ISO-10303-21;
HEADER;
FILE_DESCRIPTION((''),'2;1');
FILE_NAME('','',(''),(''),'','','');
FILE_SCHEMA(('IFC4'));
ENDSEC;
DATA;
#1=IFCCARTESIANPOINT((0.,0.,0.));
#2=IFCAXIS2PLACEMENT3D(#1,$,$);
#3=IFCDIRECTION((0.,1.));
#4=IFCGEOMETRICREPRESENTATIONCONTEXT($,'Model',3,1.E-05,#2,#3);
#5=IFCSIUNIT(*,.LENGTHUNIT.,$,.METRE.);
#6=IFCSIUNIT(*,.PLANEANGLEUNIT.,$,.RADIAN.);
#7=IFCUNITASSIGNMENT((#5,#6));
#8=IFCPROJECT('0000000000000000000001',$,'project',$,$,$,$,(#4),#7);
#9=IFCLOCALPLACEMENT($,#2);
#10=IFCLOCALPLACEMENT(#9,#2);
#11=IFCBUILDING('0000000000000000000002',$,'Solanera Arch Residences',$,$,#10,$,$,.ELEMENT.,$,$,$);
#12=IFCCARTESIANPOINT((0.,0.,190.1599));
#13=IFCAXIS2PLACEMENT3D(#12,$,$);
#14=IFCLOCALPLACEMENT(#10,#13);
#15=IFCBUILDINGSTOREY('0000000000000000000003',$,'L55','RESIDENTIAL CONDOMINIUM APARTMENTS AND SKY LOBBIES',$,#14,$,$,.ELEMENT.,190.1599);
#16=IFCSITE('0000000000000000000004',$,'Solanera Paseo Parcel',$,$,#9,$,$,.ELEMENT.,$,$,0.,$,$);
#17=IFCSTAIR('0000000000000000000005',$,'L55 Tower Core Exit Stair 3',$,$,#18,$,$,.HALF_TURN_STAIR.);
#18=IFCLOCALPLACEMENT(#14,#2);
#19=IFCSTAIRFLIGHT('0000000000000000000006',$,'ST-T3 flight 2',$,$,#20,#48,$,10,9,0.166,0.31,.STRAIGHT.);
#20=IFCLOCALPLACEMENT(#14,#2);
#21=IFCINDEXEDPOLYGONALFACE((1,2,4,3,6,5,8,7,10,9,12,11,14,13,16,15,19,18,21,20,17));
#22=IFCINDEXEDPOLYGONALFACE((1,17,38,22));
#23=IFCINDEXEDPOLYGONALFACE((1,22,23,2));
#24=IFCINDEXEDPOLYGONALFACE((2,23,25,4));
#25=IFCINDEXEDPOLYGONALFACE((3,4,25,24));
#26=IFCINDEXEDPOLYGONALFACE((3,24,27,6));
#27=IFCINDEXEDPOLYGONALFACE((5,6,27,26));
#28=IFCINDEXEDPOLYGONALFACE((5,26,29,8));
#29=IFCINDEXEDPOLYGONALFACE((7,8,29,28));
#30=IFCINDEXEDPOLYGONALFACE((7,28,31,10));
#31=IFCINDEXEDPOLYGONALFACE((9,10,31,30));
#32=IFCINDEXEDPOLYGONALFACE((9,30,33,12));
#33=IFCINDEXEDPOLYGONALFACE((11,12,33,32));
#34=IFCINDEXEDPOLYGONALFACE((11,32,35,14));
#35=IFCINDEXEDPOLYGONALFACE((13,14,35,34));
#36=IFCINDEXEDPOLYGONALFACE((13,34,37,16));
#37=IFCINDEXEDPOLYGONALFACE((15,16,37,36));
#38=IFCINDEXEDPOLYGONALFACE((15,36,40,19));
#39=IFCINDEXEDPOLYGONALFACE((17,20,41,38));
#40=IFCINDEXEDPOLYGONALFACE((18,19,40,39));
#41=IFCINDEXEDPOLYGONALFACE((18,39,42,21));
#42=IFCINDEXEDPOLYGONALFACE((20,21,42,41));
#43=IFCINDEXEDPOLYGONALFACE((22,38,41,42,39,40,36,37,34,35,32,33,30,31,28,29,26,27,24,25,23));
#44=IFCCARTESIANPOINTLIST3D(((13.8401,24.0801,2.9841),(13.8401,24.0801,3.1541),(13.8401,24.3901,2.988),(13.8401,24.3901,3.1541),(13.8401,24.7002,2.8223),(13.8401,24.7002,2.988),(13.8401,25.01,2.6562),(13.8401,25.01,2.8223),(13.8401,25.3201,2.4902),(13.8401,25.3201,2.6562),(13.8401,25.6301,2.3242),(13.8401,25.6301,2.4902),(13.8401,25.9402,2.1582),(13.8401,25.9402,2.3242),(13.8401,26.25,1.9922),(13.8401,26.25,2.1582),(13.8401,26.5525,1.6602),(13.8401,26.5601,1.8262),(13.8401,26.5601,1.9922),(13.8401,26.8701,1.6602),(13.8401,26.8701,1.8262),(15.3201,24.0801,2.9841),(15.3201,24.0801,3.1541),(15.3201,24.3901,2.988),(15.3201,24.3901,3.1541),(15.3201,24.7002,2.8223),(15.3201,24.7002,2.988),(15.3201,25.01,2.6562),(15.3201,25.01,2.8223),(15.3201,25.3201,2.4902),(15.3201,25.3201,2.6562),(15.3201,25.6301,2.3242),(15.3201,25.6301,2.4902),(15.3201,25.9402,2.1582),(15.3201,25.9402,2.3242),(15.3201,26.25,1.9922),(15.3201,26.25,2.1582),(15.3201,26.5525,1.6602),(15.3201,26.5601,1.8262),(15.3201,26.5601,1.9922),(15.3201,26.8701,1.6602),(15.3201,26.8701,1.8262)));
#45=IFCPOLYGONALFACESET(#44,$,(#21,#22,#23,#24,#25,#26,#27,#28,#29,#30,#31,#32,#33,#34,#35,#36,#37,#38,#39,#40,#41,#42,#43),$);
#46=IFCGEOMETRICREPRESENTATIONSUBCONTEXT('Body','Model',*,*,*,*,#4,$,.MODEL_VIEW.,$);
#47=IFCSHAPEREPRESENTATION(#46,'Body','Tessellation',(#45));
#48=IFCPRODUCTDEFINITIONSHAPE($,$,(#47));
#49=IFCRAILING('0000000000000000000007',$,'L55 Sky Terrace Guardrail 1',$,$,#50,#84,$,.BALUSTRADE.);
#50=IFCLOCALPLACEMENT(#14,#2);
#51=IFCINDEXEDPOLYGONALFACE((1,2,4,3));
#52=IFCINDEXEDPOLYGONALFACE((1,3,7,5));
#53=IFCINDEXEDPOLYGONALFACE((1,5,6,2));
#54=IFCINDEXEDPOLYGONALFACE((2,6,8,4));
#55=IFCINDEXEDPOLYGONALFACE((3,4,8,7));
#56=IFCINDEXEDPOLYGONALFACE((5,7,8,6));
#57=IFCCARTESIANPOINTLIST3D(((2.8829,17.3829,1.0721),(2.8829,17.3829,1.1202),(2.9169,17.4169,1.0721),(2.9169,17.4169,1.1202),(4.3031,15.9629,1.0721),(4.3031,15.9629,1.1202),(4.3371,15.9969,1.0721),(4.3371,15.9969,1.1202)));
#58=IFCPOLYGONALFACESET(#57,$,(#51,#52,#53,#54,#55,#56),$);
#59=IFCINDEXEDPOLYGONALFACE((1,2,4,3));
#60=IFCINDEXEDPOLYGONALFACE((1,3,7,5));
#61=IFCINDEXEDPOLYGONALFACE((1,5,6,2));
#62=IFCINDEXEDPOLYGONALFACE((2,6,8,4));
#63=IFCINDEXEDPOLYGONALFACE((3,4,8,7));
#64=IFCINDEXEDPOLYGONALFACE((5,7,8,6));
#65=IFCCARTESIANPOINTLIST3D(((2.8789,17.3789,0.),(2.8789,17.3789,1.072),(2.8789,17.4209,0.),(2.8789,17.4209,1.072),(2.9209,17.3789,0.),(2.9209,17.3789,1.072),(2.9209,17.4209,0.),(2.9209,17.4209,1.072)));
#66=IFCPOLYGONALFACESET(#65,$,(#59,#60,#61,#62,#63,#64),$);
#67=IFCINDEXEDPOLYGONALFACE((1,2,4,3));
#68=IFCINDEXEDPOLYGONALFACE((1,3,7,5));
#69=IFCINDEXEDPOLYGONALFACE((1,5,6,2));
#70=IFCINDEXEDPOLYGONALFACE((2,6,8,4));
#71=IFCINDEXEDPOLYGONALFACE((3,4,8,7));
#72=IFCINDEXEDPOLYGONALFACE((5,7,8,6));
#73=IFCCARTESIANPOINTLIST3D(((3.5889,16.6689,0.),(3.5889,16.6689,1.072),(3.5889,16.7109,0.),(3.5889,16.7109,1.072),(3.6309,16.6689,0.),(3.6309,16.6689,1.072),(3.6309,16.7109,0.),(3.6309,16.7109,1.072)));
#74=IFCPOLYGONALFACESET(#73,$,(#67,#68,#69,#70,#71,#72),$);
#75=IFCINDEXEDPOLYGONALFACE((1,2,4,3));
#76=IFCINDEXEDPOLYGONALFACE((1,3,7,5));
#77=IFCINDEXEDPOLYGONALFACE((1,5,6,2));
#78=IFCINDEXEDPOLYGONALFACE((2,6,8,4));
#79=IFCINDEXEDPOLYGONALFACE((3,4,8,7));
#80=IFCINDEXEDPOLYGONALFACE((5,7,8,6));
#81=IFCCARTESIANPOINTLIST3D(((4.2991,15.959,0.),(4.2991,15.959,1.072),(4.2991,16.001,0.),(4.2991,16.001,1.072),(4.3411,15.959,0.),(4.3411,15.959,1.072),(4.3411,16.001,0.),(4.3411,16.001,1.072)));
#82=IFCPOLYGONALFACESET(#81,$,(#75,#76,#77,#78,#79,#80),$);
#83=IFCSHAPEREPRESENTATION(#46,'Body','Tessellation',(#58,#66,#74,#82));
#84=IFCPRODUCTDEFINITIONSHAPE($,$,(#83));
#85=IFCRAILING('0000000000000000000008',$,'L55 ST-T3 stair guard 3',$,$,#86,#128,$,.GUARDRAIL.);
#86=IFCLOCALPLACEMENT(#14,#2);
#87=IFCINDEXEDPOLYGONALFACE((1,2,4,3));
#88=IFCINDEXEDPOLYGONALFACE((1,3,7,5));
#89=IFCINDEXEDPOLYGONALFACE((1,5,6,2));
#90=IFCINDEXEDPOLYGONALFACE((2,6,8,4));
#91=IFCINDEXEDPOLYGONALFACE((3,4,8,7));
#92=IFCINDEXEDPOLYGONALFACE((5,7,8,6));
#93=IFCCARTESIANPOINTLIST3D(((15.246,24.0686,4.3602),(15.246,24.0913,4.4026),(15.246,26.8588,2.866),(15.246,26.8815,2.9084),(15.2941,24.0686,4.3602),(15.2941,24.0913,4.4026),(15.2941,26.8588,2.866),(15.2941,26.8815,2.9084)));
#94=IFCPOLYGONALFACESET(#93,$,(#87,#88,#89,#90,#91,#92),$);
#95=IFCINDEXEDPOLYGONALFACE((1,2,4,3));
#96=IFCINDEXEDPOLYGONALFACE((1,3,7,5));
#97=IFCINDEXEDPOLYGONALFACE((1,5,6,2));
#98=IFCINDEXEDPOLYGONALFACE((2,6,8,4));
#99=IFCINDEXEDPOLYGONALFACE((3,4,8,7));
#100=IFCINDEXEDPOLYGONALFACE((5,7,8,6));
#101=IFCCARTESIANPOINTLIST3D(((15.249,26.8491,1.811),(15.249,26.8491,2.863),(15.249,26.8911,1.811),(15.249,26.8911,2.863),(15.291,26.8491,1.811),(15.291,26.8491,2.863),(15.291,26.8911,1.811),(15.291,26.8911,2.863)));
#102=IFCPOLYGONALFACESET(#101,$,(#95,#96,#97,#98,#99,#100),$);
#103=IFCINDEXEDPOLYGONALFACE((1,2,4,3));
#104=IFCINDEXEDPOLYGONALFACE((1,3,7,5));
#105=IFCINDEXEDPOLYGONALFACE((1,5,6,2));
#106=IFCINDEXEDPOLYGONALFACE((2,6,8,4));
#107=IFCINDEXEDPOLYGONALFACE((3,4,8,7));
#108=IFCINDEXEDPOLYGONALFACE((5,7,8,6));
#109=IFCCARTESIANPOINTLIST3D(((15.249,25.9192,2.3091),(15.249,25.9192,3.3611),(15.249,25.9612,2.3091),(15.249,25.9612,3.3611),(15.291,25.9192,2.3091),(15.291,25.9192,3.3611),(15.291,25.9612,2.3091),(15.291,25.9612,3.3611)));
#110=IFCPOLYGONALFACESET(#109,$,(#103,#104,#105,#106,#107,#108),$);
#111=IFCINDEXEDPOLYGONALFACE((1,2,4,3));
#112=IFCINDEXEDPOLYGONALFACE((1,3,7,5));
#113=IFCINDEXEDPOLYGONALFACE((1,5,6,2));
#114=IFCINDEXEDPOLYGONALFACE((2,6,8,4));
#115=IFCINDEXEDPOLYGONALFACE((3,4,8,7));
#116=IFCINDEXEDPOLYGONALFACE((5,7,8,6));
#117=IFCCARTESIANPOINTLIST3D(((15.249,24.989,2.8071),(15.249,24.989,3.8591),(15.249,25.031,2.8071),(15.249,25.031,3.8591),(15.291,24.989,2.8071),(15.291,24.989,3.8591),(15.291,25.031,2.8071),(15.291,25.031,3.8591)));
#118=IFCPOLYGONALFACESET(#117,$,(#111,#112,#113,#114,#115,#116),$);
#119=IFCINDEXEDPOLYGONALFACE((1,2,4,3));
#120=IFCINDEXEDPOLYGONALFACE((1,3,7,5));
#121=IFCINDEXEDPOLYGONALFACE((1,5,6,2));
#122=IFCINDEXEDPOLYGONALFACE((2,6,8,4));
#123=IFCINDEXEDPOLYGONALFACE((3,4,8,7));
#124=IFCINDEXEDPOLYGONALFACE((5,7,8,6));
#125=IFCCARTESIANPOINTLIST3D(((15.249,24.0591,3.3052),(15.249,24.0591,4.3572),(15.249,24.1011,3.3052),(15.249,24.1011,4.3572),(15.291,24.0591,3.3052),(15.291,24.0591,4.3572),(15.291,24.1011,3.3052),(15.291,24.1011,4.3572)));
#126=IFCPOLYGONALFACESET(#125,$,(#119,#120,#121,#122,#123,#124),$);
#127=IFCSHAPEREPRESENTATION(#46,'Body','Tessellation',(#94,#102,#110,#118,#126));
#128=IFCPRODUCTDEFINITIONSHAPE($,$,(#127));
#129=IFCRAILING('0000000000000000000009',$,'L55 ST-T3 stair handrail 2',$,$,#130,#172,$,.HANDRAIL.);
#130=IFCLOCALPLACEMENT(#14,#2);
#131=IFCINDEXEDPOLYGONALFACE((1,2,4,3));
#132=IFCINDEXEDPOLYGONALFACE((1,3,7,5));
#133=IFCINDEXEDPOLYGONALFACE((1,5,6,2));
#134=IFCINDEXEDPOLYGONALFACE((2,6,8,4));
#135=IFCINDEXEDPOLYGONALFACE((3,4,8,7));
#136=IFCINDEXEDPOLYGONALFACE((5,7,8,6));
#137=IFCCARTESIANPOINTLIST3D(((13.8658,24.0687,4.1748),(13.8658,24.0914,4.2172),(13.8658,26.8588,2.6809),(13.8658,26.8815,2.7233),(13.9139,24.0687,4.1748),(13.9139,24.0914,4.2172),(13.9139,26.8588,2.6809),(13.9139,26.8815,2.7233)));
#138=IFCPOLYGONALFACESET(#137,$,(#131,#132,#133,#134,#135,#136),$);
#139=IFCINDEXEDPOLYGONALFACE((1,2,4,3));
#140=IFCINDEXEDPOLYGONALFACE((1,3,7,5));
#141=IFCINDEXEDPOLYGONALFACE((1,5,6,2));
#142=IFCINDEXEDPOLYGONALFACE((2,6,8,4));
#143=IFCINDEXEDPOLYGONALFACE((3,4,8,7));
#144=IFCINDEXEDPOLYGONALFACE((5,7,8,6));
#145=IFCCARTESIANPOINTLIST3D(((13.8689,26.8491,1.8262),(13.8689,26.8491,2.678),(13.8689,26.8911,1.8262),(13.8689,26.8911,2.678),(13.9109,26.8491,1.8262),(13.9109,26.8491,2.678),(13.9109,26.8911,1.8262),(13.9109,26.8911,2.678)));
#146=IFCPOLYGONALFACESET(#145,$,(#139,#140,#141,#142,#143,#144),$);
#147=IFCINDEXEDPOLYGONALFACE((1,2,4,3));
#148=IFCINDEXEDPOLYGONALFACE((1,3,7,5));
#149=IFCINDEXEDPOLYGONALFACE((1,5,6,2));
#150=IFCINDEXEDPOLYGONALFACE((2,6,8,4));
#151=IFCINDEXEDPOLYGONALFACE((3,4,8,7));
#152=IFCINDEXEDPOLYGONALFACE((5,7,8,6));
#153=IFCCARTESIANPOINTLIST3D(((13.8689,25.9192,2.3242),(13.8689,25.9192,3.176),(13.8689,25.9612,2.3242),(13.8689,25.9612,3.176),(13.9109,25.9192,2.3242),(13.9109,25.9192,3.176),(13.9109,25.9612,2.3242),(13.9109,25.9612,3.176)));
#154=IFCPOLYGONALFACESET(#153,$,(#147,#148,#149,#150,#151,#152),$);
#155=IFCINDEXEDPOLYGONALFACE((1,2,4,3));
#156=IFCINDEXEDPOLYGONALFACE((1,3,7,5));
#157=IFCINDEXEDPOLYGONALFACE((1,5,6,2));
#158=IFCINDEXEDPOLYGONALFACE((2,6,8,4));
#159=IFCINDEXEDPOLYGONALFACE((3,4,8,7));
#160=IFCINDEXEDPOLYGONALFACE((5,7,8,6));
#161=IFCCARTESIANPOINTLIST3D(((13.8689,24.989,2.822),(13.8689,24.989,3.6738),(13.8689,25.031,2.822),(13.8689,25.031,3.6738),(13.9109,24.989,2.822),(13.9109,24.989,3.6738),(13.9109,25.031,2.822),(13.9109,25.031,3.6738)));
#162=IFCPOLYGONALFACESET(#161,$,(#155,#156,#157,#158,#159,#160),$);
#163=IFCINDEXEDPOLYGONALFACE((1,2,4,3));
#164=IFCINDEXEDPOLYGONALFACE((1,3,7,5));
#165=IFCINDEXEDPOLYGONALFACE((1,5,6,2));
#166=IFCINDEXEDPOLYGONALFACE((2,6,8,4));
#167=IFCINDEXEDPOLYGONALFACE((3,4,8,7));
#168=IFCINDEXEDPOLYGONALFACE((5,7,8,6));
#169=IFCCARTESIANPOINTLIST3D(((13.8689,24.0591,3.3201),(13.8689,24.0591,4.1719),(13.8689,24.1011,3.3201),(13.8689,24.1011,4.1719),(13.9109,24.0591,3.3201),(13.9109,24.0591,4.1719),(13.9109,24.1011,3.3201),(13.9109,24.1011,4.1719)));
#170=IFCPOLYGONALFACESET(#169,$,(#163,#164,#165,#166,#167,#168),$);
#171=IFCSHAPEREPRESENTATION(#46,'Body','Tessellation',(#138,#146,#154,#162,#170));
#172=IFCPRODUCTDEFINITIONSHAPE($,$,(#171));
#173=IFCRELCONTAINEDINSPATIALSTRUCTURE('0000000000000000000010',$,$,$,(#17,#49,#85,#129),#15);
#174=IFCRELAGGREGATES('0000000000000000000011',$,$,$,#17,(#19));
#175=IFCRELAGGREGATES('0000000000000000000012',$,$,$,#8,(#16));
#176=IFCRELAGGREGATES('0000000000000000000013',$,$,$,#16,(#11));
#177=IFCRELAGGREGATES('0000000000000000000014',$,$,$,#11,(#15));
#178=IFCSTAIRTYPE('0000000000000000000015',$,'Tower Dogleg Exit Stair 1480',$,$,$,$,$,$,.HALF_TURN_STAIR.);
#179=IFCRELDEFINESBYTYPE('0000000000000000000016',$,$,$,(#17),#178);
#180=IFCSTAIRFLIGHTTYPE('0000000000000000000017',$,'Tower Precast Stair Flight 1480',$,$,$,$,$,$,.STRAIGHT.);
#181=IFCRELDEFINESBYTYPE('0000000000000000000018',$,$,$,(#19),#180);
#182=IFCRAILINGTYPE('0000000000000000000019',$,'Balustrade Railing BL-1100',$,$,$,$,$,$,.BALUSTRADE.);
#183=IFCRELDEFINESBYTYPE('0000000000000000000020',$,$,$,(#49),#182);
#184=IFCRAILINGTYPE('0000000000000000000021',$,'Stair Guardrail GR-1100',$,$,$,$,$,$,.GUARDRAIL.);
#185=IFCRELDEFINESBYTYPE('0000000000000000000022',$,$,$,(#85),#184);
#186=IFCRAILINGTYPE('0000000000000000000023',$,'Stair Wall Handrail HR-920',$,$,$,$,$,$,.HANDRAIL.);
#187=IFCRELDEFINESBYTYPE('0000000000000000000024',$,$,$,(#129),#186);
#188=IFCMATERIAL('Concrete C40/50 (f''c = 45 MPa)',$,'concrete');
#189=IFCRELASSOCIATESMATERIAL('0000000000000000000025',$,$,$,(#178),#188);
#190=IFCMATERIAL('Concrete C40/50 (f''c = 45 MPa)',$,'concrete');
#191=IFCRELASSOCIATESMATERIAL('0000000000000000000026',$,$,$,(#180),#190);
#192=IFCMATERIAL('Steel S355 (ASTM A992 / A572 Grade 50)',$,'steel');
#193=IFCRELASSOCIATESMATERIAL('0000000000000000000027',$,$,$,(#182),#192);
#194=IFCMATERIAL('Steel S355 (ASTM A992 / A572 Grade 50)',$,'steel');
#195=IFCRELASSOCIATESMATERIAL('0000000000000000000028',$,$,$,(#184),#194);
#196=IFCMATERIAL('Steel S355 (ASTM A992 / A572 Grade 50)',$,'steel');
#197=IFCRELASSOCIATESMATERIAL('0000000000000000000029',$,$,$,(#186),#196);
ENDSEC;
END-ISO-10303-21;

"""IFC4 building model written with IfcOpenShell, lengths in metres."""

from ifc_helpers import new_model, si_unit, direction, frame, origin, origin_2d, place, context, subcontext, project, spatial, polyline, rectangle, outline, extrude, material, type_object, element, aggregate, save


model = new_model("IFC4")

# Units and contexts
model_context = context("Model", 3, precision=1e-05, world=origin(), true_north=direction((0.0, 1.0)))
body_context = subcontext(model_context, "Body", "Model", "MODEL_VIEW")
ifc_project = project(units=[si_unit("LENGTHUNIT", "METRE"), si_unit("PLANEANGLEUNIT", "RADIAN")], contexts=[model_context])

# Site, building, storey
site_placement = place(None, origin())
site = spatial("IfcSite", under=ifc_project, at=site_placement, Name="Solanera Paseo Parcel", CompositionType="ELEMENT", RefElevation=0.0)
building_placement = place(site_placement, origin())
building = spatial("IfcBuilding", under=site, at=building_placement, Name="Solanera Arch Residences", CompositionType="ELEMENT")
storey_placement = place(building_placement, frame((0.0, 0.0, 190.1599)))
storey = spatial("IfcBuildingStorey", under=building, at=storey_placement, Name="L55", Description="RESIDENTIAL CONDOMINIUM APARTMENTS AND SKY LOBBIES", CompositionType="ELEMENT", Elevation=190.1599)

# Stair, stair flight
ifc_material_1 = material(Name="Concrete C40/50 (f'c = 45 MPa)", Category="concrete")
stair_type = type_object("IfcStairType", Name="Tower Dogleg Exit Stair 1480", PredefinedType="HALF_TURN_STAIR", material=ifc_material_1)
stair_placement = place(storey_placement, origin())
stair = element("IfcStair", 1, at=stair_placement, inside=storey, type_object=stair_type, Name="L55 Tower Core Exit Stair 3", PredefinedType="HALF_TURN_STAIR")
ifc_material_2 = material(Name="Concrete C40/50 (f'c = 45 MPa)", Category="concrete")
stair_flight_type = type_object("IfcStairFlightType", Name="Tower Precast Stair Flight 1480", PredefinedType="STRAIGHT", material=ifc_material_2)
stair_flight_placement = place(storey_placement, frame((14.5801, 26.8701, 1.6602), z_axis=(0.0, 0.0, 1.0), x_axis=(0.0, -1.0, 0.0)))
stair_flight = element("IfcStairFlight", 2, at=stair_flight_placement, type_object=stair_flight_type, Name="ST-T3 flight 2", NumberOfRisers=10, NumberOfTreads=9, PredefinedType="STRAIGHT", RiserHeight=0.166, TreadLength=0.31, context=body_context, shape_type="SweptSolid", body=[
    extrude(outline(polyline([(0.0, 0.0), (0.0, 0.166), (0.3101, 0.166), (0.3101, 0.332), (0.6201, 0.332), (0.6201, 0.498), (0.9299, 0.498), (0.9299, 0.6641), (1.24, 0.6641), (1.24, 0.8301), (1.55, 0.8301), (1.55, 0.9961), (1.8601, 0.9961), (1.8601, 1.1621), (2.1699, 1.1621), (2.1699, 1.3279), (2.48, 1.3279), (2.48, 1.4939), (2.79, 1.4939), (2.79, 1.6599), (2.79, 1.324), (0.3176, 0.0), (0.0, 0.0)])), frame((0.0, 0.74, 0.0), z_axis=(0.0, -1.0, 0.0), x_axis=(1.0, 0.0, 0.0)), (0.0, 0.0, 1.0), 1.48),
])
aggregate(stair, [stair_flight])

# Railings
ifc_material_3 = material(Name="Steel S355 (ASTM A992 / A572 Grade 50)", Category="steel")
railing_type_1 = type_object("IfcRailingType", Name="Balustrade Railing BL-1100", PredefinedType="BALUSTRADE", material=ifc_material_3)
railing_1_placement = place(storey_placement, frame((2.8999, 17.3999, 0.0)))
element("IfcRailing", 3, at=railing_1_placement, inside=storey, type_object=railing_type_1, Name="L55 Sky Terrace Guardrail 1", PredefinedType="BALUSTRADE", context=body_context, shape_type="SweptSolid", body=[
    extrude(rectangle(XDim=0.0481, YDim=0.0481, at=origin_2d()), frame((0.0, 0.0, 1.0962), z_axis=(0.707168, -0.707046, 0.0), x_axis=(0.707046, 0.707168, 0.0)), (0.0, 0.0, 1.0), 2.0083),
    extrude(rectangle(XDim=0.042, YDim=0.042, at=origin_2d()), origin(), (0.0, 0.0, 1.0), 1.072),
    extrude(rectangle(XDim=0.042, YDim=0.042, at=origin_2d()), frame((0.71, -0.71, 0.0)), (0.0, 0.0, 1.0), 1.072),
    extrude(rectangle(XDim=0.042, YDim=0.042, at=origin_2d()), frame((1.4202, -1.4199, 0.0)), (0.0, 0.0, 1.0), 1.072),
])
ifc_material_4 = material(Name="Steel S355 (ASTM A992 / A572 Grade 50)", Category="steel")
railing_type_2 = type_object("IfcRailingType", Name="Stair Guardrail GR-1100", PredefinedType="GUARDRAIL", material=ifc_material_4)
railing_2_placement = place(storey_placement, frame((15.27, 26.8701, 1.811)))
element("IfcRailing", 4, at=railing_2_placement, inside=storey, type_object=railing_type_2, Name="L55 ST-T3 stair guard 3", PredefinedType="GUARDRAIL", context=body_context, shape_type="SweptSolid", body=[
    extrude(rectangle(XDim=0.0481, YDim=0.0481, at=origin_2d()), frame((0.0, 0.0, 1.0762), z_axis=(0.0, -0.881549, 0.472093), x_axis=(1.0, 0.0, 0.0)), (0.0, 0.0, 1.0), 3.165),
    extrude(rectangle(XDim=0.042, YDim=0.042, at=origin_2d()), origin(), (0.0, 0.0, 1.0), 1.052),
    extrude(rectangle(XDim=0.042, YDim=0.042, at=origin_2d()), frame((0.0, -0.9299, 0.498)), (0.0, 0.0, 1.0), 1.052),
    extrude(rectangle(XDim=0.042, YDim=0.042, at=origin_2d()), frame((0.0, -1.8601, 0.9961)), (0.0, 0.0, 1.0), 1.052),
    extrude(rectangle(XDim=0.042, YDim=0.042, at=origin_2d()), frame((0.0, -2.79, 1.4941)), (0.0, 0.0, 1.0), 1.052),
])
ifc_material_5 = material(Name="Steel S355 (ASTM A992 / A572 Grade 50)", Category="steel")
railing_type_3 = type_object("IfcRailingType", Name="Stair Wall Handrail HR-920", PredefinedType="HANDRAIL", material=ifc_material_5)
railing_3_placement = place(storey_placement, frame((13.8899, 26.8701, 1.8262)))
element("IfcRailing", 5, at=railing_3_placement, inside=storey, type_object=railing_type_3, Name="L55 ST-T3 stair handrail 2", PredefinedType="HANDRAIL", context=body_context, shape_type="SweptSolid", body=[
    extrude(rectangle(XDim=0.0481, YDim=0.0481, at=origin_2d()), frame((0.0, 0.0, 0.876), z_axis=(0.0, -0.881581, 0.472033), x_axis=(1.0, 0.0, 0.0)), (0.0, 0.0, 1.0), 3.1648),
    extrude(rectangle(XDim=0.042, YDim=0.042, at=origin_2d()), origin(), (0.0, 0.0, 1.0), 0.8518),
    extrude(rectangle(XDim=0.042, YDim=0.042, at=origin_2d()), frame((0.0, -0.9299, 0.498)), (0.0, 0.0, 1.0), 0.8518),
    extrude(rectangle(XDim=0.042, YDim=0.042, at=origin_2d()), frame((0.0, -1.8601, 0.9958)), (0.0, 0.0, 1.0), 0.8518),
    extrude(rectangle(XDim=0.042, YDim=0.042, at=origin_2d()), frame((0.0, -2.79, 1.4939)), (0.0, 0.0, 1.0), 0.8518),
])

save(model, "model.ifc")
